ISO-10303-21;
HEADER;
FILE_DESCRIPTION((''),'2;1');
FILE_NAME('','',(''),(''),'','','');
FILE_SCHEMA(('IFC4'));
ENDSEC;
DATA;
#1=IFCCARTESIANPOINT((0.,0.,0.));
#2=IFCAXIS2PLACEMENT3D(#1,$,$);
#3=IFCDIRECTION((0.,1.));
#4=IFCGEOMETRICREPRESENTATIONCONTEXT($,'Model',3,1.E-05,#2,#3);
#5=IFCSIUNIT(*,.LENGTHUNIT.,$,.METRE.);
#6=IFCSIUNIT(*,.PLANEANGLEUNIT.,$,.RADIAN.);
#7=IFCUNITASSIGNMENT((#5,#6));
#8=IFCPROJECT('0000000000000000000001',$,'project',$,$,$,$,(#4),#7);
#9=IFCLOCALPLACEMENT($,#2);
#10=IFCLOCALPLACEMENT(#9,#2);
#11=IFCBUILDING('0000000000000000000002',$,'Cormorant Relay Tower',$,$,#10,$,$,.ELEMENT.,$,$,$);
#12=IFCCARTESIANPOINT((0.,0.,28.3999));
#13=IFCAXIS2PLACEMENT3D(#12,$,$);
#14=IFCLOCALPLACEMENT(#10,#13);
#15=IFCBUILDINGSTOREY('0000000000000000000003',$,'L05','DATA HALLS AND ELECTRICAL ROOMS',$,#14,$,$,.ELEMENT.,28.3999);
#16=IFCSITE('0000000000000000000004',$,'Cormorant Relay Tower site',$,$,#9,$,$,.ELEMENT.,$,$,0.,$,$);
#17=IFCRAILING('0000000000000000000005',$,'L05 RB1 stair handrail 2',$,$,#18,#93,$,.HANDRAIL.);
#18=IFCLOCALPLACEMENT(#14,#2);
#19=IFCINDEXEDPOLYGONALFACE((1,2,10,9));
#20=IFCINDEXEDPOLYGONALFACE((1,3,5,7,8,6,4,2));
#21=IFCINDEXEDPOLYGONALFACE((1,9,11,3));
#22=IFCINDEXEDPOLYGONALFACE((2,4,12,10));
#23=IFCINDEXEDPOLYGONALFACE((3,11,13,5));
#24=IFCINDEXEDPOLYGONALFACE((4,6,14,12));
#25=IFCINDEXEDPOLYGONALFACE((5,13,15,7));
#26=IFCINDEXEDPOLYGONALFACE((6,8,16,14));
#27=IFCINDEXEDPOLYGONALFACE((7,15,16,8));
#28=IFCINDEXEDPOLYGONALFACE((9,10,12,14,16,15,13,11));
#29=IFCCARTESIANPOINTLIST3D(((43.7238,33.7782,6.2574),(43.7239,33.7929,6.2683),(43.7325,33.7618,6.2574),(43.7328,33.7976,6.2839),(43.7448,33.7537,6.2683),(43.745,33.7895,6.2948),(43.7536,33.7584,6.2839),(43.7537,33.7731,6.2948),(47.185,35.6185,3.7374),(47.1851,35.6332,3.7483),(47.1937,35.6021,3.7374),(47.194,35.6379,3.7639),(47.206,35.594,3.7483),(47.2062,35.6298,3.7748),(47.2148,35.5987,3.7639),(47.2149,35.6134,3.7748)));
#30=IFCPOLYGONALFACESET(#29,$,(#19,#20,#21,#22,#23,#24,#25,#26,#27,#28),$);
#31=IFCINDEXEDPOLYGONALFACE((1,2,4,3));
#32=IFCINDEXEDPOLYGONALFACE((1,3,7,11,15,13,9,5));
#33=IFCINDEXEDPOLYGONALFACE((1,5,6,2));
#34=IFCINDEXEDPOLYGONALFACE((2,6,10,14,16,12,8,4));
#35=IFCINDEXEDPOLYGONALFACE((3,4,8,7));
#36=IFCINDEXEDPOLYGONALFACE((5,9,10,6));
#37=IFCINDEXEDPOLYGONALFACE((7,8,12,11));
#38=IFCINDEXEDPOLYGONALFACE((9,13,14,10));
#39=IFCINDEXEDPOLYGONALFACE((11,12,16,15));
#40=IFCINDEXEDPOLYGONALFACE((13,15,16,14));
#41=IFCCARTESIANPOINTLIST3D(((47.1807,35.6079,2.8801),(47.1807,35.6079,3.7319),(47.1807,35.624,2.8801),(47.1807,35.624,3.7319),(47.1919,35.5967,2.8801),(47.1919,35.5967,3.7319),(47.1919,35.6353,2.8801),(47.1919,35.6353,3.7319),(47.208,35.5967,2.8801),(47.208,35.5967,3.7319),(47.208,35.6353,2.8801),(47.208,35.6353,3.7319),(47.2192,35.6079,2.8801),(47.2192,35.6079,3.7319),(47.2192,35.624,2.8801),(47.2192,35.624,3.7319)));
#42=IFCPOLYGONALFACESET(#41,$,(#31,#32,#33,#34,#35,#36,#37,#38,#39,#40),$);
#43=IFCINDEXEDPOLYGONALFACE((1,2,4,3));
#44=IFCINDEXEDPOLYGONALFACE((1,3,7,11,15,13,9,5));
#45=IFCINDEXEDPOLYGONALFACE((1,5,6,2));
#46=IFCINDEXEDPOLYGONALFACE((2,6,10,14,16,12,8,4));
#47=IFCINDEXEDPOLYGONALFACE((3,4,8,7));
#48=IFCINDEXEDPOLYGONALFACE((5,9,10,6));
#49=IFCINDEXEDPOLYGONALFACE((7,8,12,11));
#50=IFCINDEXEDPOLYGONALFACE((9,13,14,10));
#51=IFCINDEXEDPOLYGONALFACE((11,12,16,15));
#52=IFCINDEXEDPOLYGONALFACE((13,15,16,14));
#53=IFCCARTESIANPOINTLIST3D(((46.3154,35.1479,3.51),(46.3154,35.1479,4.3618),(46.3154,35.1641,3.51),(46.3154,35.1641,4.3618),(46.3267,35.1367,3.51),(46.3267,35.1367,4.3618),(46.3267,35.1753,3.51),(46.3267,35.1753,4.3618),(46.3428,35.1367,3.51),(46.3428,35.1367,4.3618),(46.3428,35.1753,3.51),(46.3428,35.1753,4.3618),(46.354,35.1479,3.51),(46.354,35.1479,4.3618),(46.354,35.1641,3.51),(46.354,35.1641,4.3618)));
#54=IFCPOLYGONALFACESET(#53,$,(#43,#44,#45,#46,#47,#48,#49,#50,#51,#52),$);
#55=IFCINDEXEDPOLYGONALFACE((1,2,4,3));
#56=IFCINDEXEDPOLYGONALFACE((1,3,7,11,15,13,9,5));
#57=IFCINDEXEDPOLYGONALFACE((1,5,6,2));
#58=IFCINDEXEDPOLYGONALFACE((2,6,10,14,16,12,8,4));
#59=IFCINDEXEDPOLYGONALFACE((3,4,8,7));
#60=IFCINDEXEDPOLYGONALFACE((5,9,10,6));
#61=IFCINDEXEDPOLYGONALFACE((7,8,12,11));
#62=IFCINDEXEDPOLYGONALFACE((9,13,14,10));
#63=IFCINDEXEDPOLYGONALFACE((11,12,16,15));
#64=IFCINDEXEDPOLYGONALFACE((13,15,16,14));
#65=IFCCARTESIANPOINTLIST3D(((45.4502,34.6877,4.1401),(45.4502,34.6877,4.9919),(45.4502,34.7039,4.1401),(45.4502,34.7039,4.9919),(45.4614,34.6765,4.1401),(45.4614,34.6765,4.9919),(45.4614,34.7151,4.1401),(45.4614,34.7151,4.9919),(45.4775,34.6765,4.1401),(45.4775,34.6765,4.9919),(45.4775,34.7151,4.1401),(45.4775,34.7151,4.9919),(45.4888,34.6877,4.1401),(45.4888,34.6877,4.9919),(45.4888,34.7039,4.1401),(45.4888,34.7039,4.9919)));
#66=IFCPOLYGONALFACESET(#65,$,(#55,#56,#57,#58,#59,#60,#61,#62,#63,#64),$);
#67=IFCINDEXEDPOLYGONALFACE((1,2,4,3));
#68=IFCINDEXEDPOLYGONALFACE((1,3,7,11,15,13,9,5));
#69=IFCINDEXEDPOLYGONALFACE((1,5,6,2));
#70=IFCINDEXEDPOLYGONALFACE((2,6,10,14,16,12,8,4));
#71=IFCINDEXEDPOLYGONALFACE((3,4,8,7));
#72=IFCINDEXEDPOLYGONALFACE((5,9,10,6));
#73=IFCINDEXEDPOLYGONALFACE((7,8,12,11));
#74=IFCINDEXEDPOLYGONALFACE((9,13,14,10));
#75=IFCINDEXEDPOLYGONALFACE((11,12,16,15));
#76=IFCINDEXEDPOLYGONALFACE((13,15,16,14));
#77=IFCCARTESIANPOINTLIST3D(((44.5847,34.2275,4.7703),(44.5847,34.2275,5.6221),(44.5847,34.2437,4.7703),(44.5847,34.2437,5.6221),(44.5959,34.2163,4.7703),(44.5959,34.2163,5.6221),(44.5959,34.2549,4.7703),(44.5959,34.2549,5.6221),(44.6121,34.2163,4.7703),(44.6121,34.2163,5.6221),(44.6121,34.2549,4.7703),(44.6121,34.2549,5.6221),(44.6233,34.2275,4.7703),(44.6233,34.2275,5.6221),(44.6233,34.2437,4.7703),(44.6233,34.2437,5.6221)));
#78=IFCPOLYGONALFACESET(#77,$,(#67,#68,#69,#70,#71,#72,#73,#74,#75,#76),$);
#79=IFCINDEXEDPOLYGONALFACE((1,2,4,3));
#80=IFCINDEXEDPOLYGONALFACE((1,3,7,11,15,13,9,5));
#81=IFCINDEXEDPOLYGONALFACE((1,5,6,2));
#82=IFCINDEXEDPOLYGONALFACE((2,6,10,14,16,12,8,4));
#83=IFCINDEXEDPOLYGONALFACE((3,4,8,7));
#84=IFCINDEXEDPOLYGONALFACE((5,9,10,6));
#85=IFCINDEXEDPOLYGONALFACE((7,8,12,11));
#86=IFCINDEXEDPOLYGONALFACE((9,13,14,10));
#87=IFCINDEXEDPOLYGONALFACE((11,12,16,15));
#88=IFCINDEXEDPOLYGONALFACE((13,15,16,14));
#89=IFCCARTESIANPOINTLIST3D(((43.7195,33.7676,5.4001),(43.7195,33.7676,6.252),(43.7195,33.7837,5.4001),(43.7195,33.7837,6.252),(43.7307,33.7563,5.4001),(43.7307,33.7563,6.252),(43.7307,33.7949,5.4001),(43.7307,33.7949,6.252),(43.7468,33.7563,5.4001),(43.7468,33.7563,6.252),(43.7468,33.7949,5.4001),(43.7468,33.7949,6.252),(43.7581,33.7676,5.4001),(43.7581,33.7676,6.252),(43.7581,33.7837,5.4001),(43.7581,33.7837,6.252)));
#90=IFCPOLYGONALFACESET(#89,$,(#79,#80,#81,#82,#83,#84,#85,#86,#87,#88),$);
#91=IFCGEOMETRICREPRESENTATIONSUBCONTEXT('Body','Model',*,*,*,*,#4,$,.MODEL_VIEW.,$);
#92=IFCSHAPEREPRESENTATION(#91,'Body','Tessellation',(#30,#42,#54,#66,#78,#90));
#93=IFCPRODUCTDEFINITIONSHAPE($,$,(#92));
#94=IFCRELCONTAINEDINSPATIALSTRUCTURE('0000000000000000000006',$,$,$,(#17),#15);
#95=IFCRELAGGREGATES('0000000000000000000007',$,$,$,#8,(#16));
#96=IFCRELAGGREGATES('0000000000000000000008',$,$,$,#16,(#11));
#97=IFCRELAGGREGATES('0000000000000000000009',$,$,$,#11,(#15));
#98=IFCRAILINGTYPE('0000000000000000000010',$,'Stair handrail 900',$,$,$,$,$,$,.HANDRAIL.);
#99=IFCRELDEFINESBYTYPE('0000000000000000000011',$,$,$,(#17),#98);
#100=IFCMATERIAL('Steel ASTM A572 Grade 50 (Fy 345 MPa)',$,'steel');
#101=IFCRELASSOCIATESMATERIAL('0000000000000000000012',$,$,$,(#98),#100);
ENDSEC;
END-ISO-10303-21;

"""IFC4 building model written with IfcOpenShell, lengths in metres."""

from ifc_helpers import new_model, si_unit, direction, frame, origin, place, context, subcontext, project, spatial, polyline, outline, extrude, material, type_object, element, save


model = new_model("IFC4")

# Units and contexts
model_context = context("Model", 3, precision=1e-05, world=origin(), true_north=direction((0.0, 1.0)))
body_context = subcontext(model_context, "Body", "Model", "MODEL_VIEW")
ifc_project = project(units=[si_unit("LENGTHUNIT", "METRE"), si_unit("PLANEANGLEUNIT", "RADIAN")], contexts=[model_context])

# Site, building, storey
site_placement = place(None, origin())
site = spatial("IfcSite", under=ifc_project, at=site_placement, Name="Cormorant Relay Tower site", CompositionType="ELEMENT", RefElevation=0.0)
building_placement = place(site_placement, origin())
building = spatial("IfcBuilding", under=site, at=building_placement, Name="Cormorant Relay Tower", CompositionType="ELEMENT")
storey_placement = place(building_placement, frame((0.0, 0.0, 28.3999)))
storey = spatial("IfcBuildingStorey", under=building, at=storey_placement, Name="L05", Description="DATA HALLS AND ELECTRICAL ROOMS", CompositionType="ELEMENT", Elevation=28.3999)

# Railing
ifc_material_1 = material(Name="Steel ASTM A572 Grade 50 (Fy 345 MPa)", Category="steel")
railing_type_1 = type_object("IfcRailingType", Name="Stair handrail 900", PredefinedType="HANDRAIL", material=ifc_material_1)
railing_1_placement = place(storey_placement, frame((47.2, 35.616, 2.8801)))
element("IfcRailing", 1, at=railing_1_placement, inside=storey, type_object=railing_type_1, Name="L05 RB1 stair handrail 2", PredefinedType="HANDRAIL", context=body_context, shape_type="SweptSolid", body=[
    extrude(outline(polyline([(0.0222, 0.0093), (0.0093, 0.0222), (-0.0093, 0.0222), (-0.0222, 0.0093), (-0.0222, -0.0093), (-0.0093, -0.0222), (0.0093, -0.0222), (0.0222, -0.0093), (0.0222, 0.0093)])), frame((0.0, 0.0, 0.876), z_axis=(-0.742717, -0.394907, 0.540758), x_axis=(0.469469, -0.882949, 0.0)), (0.0, 0.0, 1.0), 4.6602),
    extrude(outline(polyline([(0.0193, 0.0081), (0.0081, 0.0193), (-0.0081, 0.0193), (-0.0193, 0.0081), (-0.0193, -0.0081), (-0.0081, -0.0193), (0.0081, -0.0193), (0.0193, -0.0081), (0.0193, 0.0081)])), origin(), (0.0, 0.0, 1.0), 0.8518),
    extrude(outline(polyline([(0.0193, 0.0081), (0.0081, 0.0193), (-0.0081, 0.0193), (-0.0193, 0.0081), (-0.0193, -0.0081), (-0.0081, -0.0193), (0.0081, -0.0193), (0.0193, -0.0081), (0.0193, 0.0081)])), frame((-0.8652, -0.46, 0.6299)), (0.0, 0.0, 1.0), 0.8518),
    extrude(outline(polyline([(0.0193, 0.0081), (0.0081, 0.0193), (-0.0081, 0.0193), (-0.0193, 0.0081), (-0.0193, -0.0081), (-0.0081, -0.0193), (0.0081, -0.0193), (0.0193, -0.0081), (0.0193, 0.0081)])), frame((-1.7305, -0.9202, 1.26)), (0.0, 0.0, 1.0), 0.8518),
    extrude(outline(polyline([(0.0193, 0.0081), (0.0081, 0.0193), (-0.0081, 0.0193), (-0.0193, 0.0081), (-0.0193, -0.0081), (-0.0081, -0.0193), (0.0081, -0.0193), (0.0193, -0.0081), (0.0193, 0.0081)])), frame((-2.5959, -1.3804, 1.8901)), (0.0, 0.0, 1.0), 0.8518),
    extrude(outline(polyline([(0.0193, 0.0081), (0.0081, 0.0193), (-0.0081, 0.0193), (-0.0193, 0.0081), (-0.0193, -0.0081), (-0.0081, -0.0193), (0.0081, -0.0193), (0.0193, -0.0081), (0.0193, 0.0081)])), frame((-3.4612, -1.8403, 2.52)), (0.0, 0.0, 1.0), 0.8518),
])

save(model, "model.ifc")
